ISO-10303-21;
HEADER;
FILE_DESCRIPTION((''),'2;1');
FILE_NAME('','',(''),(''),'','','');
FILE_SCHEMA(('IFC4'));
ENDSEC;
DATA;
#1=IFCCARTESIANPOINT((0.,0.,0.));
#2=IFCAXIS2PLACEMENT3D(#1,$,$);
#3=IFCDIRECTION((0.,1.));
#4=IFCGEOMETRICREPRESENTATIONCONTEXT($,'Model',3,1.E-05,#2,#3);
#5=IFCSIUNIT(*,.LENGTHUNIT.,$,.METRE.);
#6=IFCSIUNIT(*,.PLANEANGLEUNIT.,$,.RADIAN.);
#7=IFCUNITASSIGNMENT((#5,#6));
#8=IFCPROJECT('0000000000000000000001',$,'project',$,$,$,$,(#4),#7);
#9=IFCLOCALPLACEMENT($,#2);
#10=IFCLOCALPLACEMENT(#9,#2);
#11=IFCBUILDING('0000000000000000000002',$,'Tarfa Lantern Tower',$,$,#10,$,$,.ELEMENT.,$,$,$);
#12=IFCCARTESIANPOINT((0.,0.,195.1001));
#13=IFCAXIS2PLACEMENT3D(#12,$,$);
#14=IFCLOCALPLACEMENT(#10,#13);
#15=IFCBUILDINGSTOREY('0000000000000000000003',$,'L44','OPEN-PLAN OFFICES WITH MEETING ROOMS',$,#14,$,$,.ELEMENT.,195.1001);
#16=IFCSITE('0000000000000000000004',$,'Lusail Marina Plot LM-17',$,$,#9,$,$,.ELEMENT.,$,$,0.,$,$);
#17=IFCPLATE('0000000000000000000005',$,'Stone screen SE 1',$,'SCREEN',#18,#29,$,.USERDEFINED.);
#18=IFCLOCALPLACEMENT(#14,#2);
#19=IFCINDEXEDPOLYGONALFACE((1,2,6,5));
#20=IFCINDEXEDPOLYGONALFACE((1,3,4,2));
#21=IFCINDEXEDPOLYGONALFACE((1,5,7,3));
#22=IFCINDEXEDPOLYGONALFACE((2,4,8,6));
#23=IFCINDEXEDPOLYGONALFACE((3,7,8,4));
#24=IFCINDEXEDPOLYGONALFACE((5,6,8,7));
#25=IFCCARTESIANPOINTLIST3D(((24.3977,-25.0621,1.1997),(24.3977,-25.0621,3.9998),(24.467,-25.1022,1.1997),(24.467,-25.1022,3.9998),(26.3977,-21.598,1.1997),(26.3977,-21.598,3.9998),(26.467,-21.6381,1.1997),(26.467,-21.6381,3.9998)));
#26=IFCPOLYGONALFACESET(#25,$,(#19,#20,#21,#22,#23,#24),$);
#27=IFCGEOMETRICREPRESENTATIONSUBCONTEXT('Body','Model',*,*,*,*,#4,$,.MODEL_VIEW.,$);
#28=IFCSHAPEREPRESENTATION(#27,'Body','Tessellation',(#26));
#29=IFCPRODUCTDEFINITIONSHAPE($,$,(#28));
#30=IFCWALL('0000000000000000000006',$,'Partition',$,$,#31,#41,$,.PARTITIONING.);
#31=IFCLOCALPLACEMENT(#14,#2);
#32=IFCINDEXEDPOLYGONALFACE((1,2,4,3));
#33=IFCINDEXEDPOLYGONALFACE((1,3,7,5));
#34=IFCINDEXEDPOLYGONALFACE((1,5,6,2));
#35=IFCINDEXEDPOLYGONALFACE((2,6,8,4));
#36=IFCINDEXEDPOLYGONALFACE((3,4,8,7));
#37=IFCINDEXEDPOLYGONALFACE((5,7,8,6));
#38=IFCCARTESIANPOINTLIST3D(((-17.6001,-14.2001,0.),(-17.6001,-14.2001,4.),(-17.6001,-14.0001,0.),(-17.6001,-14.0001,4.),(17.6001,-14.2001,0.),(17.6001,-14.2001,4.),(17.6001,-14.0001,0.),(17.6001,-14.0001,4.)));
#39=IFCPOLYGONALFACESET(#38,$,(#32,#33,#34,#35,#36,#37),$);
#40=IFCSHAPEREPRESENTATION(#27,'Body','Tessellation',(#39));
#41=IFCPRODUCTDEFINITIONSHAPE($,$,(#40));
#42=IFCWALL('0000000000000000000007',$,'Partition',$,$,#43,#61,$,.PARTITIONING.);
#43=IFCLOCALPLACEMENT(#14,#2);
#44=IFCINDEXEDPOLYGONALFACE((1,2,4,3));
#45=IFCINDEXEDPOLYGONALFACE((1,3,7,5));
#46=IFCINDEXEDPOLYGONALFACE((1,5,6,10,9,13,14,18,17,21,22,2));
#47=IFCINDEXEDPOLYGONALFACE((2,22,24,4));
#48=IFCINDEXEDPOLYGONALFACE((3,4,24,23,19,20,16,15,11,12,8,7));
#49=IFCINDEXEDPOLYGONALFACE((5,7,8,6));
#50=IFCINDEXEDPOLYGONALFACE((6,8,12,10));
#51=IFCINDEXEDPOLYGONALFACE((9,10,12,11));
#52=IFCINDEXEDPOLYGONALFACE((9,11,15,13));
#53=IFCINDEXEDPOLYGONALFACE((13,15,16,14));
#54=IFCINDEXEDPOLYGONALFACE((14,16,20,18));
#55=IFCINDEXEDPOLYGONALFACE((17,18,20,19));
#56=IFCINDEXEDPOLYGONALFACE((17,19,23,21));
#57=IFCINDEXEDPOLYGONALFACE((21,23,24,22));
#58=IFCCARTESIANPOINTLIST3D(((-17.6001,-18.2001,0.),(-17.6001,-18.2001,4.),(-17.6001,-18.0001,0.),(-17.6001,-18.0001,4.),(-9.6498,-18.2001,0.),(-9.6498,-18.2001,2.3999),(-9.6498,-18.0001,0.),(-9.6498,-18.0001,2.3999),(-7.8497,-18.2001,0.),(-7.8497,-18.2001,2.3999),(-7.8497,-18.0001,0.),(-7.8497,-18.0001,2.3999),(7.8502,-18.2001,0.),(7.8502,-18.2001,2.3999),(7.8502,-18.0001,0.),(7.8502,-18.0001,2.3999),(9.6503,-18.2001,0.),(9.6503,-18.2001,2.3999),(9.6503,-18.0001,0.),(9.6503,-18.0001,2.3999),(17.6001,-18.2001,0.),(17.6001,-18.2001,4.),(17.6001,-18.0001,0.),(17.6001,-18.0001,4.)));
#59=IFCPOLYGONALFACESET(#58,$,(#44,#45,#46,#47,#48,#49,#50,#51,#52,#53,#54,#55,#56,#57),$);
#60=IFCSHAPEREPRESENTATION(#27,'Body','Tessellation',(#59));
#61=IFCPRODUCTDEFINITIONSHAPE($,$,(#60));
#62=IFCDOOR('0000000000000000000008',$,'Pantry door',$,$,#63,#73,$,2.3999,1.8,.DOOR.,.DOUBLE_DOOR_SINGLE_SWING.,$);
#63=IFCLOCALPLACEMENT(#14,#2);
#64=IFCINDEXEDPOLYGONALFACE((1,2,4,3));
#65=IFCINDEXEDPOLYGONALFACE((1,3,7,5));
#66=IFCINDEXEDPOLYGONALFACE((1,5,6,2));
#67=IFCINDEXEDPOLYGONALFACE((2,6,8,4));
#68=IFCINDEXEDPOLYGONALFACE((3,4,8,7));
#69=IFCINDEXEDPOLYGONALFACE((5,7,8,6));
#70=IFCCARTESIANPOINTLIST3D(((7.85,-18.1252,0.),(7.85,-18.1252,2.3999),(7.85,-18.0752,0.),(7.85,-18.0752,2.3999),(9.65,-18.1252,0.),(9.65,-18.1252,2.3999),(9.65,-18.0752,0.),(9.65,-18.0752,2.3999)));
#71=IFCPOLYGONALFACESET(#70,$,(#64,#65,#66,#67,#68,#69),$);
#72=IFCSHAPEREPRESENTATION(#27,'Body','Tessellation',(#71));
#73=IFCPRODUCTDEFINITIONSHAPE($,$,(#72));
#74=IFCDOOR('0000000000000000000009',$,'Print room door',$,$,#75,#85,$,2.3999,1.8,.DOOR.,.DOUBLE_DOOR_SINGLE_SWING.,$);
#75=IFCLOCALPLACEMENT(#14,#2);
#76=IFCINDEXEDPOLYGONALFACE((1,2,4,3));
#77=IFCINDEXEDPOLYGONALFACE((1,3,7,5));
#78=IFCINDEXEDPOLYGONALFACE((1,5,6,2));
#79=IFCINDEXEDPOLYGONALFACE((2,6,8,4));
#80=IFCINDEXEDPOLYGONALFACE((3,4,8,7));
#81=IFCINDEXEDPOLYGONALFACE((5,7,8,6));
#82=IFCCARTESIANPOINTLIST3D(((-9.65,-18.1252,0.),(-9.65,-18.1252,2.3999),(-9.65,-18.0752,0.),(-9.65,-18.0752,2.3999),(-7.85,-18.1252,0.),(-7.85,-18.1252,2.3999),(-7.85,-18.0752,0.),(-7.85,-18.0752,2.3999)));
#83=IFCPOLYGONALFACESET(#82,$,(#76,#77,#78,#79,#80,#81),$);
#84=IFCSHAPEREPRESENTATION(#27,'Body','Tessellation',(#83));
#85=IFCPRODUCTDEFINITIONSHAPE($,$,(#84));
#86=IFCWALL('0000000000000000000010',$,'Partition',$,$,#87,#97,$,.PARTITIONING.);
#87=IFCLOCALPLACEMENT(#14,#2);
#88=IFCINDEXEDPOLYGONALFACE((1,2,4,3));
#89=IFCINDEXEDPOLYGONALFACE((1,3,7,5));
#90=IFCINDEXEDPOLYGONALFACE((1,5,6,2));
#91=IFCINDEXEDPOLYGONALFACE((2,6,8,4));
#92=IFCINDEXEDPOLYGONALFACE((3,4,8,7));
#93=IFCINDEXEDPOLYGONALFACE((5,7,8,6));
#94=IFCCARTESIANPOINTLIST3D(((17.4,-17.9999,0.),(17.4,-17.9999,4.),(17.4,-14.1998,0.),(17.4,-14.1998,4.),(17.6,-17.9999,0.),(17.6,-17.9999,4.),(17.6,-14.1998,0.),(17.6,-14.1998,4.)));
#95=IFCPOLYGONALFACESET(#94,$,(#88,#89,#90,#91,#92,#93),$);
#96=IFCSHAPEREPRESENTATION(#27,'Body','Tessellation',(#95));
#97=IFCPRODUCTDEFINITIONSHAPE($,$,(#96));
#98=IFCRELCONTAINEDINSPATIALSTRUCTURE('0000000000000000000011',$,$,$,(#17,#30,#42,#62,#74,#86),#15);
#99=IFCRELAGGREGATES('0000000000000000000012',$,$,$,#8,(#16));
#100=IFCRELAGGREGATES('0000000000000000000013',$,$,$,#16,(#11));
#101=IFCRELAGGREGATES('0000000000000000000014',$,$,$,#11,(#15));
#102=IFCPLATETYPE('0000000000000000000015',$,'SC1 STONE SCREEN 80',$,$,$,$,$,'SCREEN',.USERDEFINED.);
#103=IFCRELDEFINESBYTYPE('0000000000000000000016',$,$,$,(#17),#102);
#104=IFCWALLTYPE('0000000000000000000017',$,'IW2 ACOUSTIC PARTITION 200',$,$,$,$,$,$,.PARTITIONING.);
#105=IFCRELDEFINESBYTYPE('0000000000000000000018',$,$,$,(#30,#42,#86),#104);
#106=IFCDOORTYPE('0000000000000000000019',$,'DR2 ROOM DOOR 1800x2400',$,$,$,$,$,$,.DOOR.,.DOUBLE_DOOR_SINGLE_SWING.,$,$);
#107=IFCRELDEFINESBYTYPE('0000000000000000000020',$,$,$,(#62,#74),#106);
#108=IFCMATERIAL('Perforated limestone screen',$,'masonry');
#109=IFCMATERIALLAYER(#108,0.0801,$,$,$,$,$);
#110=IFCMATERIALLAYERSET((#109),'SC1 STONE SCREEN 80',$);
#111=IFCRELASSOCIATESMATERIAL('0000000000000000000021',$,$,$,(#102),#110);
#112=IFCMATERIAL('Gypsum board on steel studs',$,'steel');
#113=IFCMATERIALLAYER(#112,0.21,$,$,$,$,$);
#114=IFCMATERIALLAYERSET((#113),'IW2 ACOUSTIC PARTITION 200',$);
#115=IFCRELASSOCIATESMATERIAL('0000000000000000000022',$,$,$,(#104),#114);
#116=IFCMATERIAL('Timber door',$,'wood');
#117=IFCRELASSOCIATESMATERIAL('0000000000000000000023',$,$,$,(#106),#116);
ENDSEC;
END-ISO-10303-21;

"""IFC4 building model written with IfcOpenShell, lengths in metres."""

from ifc_helpers import new_model, si_unit, direction, frame, frame_2d, origin, origin_2d, place, context, subcontext, project, spatial, rectangle, extrude, material, layer, layer_set, type_object, element, fill, save


model = new_model("IFC4")

# Units and contexts
model_context = context("Model", 3, precision=1e-05, world=origin(), true_north=direction((0.0, 1.0)))
body_context = subcontext(model_context, "Body", "Model", "MODEL_VIEW")
ifc_project = project(units=[si_unit("LENGTHUNIT", "METRE"), si_unit("PLANEANGLEUNIT", "RADIAN")], contexts=[model_context])

# Site, building, storey
site_placement = place(None, origin())
site = spatial("IfcSite", under=ifc_project, at=site_placement, Name="Lusail Marina Plot LM-17", CompositionType="ELEMENT", RefElevation=0.0)
building_placement = place(site_placement, origin())
building = spatial("IfcBuilding", under=site, at=building_placement, Name="Tarfa Lantern Tower", CompositionType="ELEMENT")
storey_placement = place(building_placement, frame((0.0, 0.0, 195.1001)))
storey = spatial("IfcBuildingStorey", under=building, at=storey_placement, Name="L44", Description="OPEN-PLAN OFFICES WITH MEETING ROOMS", CompositionType="ELEMENT", Elevation=195.1001)

# Plate
ifc_material_1 = material(Name="Perforated limestone screen", Category="masonry")
ifc_layer_1 = layer(ifc_material_1, 0.0801)
ifc_layer_set_1 = layer_set([ifc_layer_1], Name="SC1 STONE SCREEN 80")
plate_type = type_object("IfcPlateType", Name="SC1 STONE SCREEN 80", ElementType="SCREEN", PredefinedType="USERDEFINED", material=ifc_layer_set_1)
plate_placement = place(storey_placement, frame((25.4324, -23.3501, 1.1997), z_axis=(0.0, 0.0, 1.0), x_axis=(0.5, 0.866025, 0.0)))
element("IfcPlate", 1, at=plate_placement, inside=storey, type_object=plate_type, Name="Stone screen SE 1", ObjectType="SCREEN", PredefinedType="USERDEFINED", context=body_context, shape_type="SweptSolid", body=[
    extrude(rectangle(XDim=4.0, YDim=0.0801, at=origin_2d()), origin(), (0.0, 0.0, 1.0), 2.8),
])

# Wall
ifc_material_2 = material(Name="Gypsum board on steel studs", Category="steel")
ifc_layer_2 = layer(ifc_material_2, 0.21)
ifc_layer_set_2 = layer_set([ifc_layer_2], Name="IW2 ACOUSTIC PARTITION 200")
wall_type_1 = type_object("IfcWallType", Name="IW2 ACOUSTIC PARTITION 200", PredefinedType="PARTITIONING", material=ifc_layer_set_2)
wall_1_placement = place(storey_placement, frame((17.6001, -14.1001, 0.0), z_axis=(0.0, 0.0, 1.0), x_axis=(-1.0, 0.0, 0.0)))
element("IfcWall", 2, at=wall_1_placement, inside=storey, type_object=wall_type_1, Name="Partition", PredefinedType="PARTITIONING", context=body_context, shape_type="SweptSolid", body=[
    extrude(rectangle(XDim=35.2002, YDim=0.2, at=frame_2d((17.6001, 0.0))), origin(), (0.0, 0.0, 1.0), 4.0),
])

# Wall, openings, doors
wall_2_placement = place(storey_placement, frame((17.6001, -18.1001, 0.0), z_axis=(0.0, 0.0, 1.0), x_axis=(-1.0, 0.0, 0.0)))
wall_2 = element("IfcWall", 3, at=wall_2_placement, inside=storey, type_object=wall_type_1, Name="Partition", PredefinedType="PARTITIONING", context=body_context, shape_type="SweptSolid", body=[
    extrude(rectangle(XDim=35.2002, YDim=0.2, at=frame_2d((17.6001, 0.0))), origin(), (0.0, 0.0, 1.0), 4.0),
])
opening_1_placement = place(wall_2_placement, frame((7.95, 0.0, 0.0)))
opening_1 = element("IfcOpeningElement", 4, at=opening_1_placement, cuts=wall_2, PredefinedType="OPENING", context=body_context, shape_type="SweptSolid", body=[
    extrude(rectangle(XDim=1.8, YDim=2.3999, at=frame_2d((0.8999, 1.2))), frame((0.0, 0.1099, 0.0), z_axis=(0.0, -1.0, 0.0), x_axis=(1.0, 0.0, 0.0)), (0.0, 0.0, 1.0), 0.22),
])
opening_2_placement = place(wall_2_placement, frame((25.45, 0.0, 0.0)))
opening_2 = element("IfcOpeningElement", 5, at=opening_2_placement, cuts=wall_2, PredefinedType="OPENING", context=body_context, shape_type="SweptSolid", body=[
    extrude(rectangle(XDim=1.8, YDim=2.3999, at=frame_2d((0.8999, 1.2))), frame((0.0, 0.1099, 0.0), z_axis=(0.0, -1.0, 0.0), x_axis=(1.0, 0.0, 0.0)), (0.0, 0.0, 1.0), 0.22),
])
ifc_material_3 = material(Name="Timber door", Category="wood")
door_type_1 = type_object("IfcDoorType", Name="DR2 ROOM DOOR 1800x2400", OperationType="DOUBLE_DOOR_SINGLE_SWING", PredefinedType="DOOR", material=ifc_material_3)
door_1_placement = place(opening_1_placement, frame((1.8, 0.0, 0.0), z_axis=(0.0, 0.0, 1.0), x_axis=(-1.0, 0.0, 0.0)))
door_1 = element("IfcDoor", 6, at=door_1_placement, inside=storey, type_object=door_type_1, Name="Pantry door", OperationType="DOUBLE_DOOR_SINGLE_SWING", OverallHeight=2.3999, OverallWidth=1.8, PredefinedType="DOOR", context=body_context, shape_type="SweptSolid", body=[
    extrude(rectangle(XDim=1.8, YDim=2.3999, at=frame_2d((0.8999, 1.2))), frame((0.0, 0.0249, 0.0), z_axis=(0.0, -1.0, 0.0), x_axis=(1.0, 0.0, 0.0)), (0.0, 0.0, 1.0), 0.05),
])
fill(opening_1, door_1)
door_2_placement = place(opening_2_placement, frame((1.8, 0.0, 0.0), z_axis=(0.0, 0.0, 1.0), x_axis=(-1.0, 0.0, 0.0)))
door_2 = element("IfcDoor", 7, at=door_2_placement, inside=storey, type_object=door_type_1, Name="Print room door", OperationType="DOUBLE_DOOR_SINGLE_SWING", OverallHeight=2.3999, OverallWidth=1.8, PredefinedType="DOOR", context=body_context, shape_type="SweptSolid", body=[
    extrude(rectangle(XDim=1.8, YDim=2.3999, at=frame_2d((0.8999, 1.2))), frame((0.0, 0.0249, 0.0), z_axis=(0.0, -1.0, 0.0), x_axis=(1.0, 0.0, 0.0)), (0.0, 0.0, 1.0), 0.05),
])
fill(opening_2, door_2)

# Wall
wall_3_placement = place(storey_placement, frame((17.5, -14.2, 0.0), z_axis=(0.0, 0.0, 1.0), x_axis=(0.0, -1.0, 0.0)))
element("IfcWall", 8, at=wall_3_placement, inside=storey, type_object=wall_type_1, Name="Partition", PredefinedType="PARTITIONING", context=body_context, shape_type="SweptSolid", body=[
    extrude(rectangle(XDim=3.8, YDim=0.2, at=frame_2d((1.8999, 0.0))), origin(), (0.0, 0.0, 1.0), 4.0),
])

save(model, "model.ifc")
